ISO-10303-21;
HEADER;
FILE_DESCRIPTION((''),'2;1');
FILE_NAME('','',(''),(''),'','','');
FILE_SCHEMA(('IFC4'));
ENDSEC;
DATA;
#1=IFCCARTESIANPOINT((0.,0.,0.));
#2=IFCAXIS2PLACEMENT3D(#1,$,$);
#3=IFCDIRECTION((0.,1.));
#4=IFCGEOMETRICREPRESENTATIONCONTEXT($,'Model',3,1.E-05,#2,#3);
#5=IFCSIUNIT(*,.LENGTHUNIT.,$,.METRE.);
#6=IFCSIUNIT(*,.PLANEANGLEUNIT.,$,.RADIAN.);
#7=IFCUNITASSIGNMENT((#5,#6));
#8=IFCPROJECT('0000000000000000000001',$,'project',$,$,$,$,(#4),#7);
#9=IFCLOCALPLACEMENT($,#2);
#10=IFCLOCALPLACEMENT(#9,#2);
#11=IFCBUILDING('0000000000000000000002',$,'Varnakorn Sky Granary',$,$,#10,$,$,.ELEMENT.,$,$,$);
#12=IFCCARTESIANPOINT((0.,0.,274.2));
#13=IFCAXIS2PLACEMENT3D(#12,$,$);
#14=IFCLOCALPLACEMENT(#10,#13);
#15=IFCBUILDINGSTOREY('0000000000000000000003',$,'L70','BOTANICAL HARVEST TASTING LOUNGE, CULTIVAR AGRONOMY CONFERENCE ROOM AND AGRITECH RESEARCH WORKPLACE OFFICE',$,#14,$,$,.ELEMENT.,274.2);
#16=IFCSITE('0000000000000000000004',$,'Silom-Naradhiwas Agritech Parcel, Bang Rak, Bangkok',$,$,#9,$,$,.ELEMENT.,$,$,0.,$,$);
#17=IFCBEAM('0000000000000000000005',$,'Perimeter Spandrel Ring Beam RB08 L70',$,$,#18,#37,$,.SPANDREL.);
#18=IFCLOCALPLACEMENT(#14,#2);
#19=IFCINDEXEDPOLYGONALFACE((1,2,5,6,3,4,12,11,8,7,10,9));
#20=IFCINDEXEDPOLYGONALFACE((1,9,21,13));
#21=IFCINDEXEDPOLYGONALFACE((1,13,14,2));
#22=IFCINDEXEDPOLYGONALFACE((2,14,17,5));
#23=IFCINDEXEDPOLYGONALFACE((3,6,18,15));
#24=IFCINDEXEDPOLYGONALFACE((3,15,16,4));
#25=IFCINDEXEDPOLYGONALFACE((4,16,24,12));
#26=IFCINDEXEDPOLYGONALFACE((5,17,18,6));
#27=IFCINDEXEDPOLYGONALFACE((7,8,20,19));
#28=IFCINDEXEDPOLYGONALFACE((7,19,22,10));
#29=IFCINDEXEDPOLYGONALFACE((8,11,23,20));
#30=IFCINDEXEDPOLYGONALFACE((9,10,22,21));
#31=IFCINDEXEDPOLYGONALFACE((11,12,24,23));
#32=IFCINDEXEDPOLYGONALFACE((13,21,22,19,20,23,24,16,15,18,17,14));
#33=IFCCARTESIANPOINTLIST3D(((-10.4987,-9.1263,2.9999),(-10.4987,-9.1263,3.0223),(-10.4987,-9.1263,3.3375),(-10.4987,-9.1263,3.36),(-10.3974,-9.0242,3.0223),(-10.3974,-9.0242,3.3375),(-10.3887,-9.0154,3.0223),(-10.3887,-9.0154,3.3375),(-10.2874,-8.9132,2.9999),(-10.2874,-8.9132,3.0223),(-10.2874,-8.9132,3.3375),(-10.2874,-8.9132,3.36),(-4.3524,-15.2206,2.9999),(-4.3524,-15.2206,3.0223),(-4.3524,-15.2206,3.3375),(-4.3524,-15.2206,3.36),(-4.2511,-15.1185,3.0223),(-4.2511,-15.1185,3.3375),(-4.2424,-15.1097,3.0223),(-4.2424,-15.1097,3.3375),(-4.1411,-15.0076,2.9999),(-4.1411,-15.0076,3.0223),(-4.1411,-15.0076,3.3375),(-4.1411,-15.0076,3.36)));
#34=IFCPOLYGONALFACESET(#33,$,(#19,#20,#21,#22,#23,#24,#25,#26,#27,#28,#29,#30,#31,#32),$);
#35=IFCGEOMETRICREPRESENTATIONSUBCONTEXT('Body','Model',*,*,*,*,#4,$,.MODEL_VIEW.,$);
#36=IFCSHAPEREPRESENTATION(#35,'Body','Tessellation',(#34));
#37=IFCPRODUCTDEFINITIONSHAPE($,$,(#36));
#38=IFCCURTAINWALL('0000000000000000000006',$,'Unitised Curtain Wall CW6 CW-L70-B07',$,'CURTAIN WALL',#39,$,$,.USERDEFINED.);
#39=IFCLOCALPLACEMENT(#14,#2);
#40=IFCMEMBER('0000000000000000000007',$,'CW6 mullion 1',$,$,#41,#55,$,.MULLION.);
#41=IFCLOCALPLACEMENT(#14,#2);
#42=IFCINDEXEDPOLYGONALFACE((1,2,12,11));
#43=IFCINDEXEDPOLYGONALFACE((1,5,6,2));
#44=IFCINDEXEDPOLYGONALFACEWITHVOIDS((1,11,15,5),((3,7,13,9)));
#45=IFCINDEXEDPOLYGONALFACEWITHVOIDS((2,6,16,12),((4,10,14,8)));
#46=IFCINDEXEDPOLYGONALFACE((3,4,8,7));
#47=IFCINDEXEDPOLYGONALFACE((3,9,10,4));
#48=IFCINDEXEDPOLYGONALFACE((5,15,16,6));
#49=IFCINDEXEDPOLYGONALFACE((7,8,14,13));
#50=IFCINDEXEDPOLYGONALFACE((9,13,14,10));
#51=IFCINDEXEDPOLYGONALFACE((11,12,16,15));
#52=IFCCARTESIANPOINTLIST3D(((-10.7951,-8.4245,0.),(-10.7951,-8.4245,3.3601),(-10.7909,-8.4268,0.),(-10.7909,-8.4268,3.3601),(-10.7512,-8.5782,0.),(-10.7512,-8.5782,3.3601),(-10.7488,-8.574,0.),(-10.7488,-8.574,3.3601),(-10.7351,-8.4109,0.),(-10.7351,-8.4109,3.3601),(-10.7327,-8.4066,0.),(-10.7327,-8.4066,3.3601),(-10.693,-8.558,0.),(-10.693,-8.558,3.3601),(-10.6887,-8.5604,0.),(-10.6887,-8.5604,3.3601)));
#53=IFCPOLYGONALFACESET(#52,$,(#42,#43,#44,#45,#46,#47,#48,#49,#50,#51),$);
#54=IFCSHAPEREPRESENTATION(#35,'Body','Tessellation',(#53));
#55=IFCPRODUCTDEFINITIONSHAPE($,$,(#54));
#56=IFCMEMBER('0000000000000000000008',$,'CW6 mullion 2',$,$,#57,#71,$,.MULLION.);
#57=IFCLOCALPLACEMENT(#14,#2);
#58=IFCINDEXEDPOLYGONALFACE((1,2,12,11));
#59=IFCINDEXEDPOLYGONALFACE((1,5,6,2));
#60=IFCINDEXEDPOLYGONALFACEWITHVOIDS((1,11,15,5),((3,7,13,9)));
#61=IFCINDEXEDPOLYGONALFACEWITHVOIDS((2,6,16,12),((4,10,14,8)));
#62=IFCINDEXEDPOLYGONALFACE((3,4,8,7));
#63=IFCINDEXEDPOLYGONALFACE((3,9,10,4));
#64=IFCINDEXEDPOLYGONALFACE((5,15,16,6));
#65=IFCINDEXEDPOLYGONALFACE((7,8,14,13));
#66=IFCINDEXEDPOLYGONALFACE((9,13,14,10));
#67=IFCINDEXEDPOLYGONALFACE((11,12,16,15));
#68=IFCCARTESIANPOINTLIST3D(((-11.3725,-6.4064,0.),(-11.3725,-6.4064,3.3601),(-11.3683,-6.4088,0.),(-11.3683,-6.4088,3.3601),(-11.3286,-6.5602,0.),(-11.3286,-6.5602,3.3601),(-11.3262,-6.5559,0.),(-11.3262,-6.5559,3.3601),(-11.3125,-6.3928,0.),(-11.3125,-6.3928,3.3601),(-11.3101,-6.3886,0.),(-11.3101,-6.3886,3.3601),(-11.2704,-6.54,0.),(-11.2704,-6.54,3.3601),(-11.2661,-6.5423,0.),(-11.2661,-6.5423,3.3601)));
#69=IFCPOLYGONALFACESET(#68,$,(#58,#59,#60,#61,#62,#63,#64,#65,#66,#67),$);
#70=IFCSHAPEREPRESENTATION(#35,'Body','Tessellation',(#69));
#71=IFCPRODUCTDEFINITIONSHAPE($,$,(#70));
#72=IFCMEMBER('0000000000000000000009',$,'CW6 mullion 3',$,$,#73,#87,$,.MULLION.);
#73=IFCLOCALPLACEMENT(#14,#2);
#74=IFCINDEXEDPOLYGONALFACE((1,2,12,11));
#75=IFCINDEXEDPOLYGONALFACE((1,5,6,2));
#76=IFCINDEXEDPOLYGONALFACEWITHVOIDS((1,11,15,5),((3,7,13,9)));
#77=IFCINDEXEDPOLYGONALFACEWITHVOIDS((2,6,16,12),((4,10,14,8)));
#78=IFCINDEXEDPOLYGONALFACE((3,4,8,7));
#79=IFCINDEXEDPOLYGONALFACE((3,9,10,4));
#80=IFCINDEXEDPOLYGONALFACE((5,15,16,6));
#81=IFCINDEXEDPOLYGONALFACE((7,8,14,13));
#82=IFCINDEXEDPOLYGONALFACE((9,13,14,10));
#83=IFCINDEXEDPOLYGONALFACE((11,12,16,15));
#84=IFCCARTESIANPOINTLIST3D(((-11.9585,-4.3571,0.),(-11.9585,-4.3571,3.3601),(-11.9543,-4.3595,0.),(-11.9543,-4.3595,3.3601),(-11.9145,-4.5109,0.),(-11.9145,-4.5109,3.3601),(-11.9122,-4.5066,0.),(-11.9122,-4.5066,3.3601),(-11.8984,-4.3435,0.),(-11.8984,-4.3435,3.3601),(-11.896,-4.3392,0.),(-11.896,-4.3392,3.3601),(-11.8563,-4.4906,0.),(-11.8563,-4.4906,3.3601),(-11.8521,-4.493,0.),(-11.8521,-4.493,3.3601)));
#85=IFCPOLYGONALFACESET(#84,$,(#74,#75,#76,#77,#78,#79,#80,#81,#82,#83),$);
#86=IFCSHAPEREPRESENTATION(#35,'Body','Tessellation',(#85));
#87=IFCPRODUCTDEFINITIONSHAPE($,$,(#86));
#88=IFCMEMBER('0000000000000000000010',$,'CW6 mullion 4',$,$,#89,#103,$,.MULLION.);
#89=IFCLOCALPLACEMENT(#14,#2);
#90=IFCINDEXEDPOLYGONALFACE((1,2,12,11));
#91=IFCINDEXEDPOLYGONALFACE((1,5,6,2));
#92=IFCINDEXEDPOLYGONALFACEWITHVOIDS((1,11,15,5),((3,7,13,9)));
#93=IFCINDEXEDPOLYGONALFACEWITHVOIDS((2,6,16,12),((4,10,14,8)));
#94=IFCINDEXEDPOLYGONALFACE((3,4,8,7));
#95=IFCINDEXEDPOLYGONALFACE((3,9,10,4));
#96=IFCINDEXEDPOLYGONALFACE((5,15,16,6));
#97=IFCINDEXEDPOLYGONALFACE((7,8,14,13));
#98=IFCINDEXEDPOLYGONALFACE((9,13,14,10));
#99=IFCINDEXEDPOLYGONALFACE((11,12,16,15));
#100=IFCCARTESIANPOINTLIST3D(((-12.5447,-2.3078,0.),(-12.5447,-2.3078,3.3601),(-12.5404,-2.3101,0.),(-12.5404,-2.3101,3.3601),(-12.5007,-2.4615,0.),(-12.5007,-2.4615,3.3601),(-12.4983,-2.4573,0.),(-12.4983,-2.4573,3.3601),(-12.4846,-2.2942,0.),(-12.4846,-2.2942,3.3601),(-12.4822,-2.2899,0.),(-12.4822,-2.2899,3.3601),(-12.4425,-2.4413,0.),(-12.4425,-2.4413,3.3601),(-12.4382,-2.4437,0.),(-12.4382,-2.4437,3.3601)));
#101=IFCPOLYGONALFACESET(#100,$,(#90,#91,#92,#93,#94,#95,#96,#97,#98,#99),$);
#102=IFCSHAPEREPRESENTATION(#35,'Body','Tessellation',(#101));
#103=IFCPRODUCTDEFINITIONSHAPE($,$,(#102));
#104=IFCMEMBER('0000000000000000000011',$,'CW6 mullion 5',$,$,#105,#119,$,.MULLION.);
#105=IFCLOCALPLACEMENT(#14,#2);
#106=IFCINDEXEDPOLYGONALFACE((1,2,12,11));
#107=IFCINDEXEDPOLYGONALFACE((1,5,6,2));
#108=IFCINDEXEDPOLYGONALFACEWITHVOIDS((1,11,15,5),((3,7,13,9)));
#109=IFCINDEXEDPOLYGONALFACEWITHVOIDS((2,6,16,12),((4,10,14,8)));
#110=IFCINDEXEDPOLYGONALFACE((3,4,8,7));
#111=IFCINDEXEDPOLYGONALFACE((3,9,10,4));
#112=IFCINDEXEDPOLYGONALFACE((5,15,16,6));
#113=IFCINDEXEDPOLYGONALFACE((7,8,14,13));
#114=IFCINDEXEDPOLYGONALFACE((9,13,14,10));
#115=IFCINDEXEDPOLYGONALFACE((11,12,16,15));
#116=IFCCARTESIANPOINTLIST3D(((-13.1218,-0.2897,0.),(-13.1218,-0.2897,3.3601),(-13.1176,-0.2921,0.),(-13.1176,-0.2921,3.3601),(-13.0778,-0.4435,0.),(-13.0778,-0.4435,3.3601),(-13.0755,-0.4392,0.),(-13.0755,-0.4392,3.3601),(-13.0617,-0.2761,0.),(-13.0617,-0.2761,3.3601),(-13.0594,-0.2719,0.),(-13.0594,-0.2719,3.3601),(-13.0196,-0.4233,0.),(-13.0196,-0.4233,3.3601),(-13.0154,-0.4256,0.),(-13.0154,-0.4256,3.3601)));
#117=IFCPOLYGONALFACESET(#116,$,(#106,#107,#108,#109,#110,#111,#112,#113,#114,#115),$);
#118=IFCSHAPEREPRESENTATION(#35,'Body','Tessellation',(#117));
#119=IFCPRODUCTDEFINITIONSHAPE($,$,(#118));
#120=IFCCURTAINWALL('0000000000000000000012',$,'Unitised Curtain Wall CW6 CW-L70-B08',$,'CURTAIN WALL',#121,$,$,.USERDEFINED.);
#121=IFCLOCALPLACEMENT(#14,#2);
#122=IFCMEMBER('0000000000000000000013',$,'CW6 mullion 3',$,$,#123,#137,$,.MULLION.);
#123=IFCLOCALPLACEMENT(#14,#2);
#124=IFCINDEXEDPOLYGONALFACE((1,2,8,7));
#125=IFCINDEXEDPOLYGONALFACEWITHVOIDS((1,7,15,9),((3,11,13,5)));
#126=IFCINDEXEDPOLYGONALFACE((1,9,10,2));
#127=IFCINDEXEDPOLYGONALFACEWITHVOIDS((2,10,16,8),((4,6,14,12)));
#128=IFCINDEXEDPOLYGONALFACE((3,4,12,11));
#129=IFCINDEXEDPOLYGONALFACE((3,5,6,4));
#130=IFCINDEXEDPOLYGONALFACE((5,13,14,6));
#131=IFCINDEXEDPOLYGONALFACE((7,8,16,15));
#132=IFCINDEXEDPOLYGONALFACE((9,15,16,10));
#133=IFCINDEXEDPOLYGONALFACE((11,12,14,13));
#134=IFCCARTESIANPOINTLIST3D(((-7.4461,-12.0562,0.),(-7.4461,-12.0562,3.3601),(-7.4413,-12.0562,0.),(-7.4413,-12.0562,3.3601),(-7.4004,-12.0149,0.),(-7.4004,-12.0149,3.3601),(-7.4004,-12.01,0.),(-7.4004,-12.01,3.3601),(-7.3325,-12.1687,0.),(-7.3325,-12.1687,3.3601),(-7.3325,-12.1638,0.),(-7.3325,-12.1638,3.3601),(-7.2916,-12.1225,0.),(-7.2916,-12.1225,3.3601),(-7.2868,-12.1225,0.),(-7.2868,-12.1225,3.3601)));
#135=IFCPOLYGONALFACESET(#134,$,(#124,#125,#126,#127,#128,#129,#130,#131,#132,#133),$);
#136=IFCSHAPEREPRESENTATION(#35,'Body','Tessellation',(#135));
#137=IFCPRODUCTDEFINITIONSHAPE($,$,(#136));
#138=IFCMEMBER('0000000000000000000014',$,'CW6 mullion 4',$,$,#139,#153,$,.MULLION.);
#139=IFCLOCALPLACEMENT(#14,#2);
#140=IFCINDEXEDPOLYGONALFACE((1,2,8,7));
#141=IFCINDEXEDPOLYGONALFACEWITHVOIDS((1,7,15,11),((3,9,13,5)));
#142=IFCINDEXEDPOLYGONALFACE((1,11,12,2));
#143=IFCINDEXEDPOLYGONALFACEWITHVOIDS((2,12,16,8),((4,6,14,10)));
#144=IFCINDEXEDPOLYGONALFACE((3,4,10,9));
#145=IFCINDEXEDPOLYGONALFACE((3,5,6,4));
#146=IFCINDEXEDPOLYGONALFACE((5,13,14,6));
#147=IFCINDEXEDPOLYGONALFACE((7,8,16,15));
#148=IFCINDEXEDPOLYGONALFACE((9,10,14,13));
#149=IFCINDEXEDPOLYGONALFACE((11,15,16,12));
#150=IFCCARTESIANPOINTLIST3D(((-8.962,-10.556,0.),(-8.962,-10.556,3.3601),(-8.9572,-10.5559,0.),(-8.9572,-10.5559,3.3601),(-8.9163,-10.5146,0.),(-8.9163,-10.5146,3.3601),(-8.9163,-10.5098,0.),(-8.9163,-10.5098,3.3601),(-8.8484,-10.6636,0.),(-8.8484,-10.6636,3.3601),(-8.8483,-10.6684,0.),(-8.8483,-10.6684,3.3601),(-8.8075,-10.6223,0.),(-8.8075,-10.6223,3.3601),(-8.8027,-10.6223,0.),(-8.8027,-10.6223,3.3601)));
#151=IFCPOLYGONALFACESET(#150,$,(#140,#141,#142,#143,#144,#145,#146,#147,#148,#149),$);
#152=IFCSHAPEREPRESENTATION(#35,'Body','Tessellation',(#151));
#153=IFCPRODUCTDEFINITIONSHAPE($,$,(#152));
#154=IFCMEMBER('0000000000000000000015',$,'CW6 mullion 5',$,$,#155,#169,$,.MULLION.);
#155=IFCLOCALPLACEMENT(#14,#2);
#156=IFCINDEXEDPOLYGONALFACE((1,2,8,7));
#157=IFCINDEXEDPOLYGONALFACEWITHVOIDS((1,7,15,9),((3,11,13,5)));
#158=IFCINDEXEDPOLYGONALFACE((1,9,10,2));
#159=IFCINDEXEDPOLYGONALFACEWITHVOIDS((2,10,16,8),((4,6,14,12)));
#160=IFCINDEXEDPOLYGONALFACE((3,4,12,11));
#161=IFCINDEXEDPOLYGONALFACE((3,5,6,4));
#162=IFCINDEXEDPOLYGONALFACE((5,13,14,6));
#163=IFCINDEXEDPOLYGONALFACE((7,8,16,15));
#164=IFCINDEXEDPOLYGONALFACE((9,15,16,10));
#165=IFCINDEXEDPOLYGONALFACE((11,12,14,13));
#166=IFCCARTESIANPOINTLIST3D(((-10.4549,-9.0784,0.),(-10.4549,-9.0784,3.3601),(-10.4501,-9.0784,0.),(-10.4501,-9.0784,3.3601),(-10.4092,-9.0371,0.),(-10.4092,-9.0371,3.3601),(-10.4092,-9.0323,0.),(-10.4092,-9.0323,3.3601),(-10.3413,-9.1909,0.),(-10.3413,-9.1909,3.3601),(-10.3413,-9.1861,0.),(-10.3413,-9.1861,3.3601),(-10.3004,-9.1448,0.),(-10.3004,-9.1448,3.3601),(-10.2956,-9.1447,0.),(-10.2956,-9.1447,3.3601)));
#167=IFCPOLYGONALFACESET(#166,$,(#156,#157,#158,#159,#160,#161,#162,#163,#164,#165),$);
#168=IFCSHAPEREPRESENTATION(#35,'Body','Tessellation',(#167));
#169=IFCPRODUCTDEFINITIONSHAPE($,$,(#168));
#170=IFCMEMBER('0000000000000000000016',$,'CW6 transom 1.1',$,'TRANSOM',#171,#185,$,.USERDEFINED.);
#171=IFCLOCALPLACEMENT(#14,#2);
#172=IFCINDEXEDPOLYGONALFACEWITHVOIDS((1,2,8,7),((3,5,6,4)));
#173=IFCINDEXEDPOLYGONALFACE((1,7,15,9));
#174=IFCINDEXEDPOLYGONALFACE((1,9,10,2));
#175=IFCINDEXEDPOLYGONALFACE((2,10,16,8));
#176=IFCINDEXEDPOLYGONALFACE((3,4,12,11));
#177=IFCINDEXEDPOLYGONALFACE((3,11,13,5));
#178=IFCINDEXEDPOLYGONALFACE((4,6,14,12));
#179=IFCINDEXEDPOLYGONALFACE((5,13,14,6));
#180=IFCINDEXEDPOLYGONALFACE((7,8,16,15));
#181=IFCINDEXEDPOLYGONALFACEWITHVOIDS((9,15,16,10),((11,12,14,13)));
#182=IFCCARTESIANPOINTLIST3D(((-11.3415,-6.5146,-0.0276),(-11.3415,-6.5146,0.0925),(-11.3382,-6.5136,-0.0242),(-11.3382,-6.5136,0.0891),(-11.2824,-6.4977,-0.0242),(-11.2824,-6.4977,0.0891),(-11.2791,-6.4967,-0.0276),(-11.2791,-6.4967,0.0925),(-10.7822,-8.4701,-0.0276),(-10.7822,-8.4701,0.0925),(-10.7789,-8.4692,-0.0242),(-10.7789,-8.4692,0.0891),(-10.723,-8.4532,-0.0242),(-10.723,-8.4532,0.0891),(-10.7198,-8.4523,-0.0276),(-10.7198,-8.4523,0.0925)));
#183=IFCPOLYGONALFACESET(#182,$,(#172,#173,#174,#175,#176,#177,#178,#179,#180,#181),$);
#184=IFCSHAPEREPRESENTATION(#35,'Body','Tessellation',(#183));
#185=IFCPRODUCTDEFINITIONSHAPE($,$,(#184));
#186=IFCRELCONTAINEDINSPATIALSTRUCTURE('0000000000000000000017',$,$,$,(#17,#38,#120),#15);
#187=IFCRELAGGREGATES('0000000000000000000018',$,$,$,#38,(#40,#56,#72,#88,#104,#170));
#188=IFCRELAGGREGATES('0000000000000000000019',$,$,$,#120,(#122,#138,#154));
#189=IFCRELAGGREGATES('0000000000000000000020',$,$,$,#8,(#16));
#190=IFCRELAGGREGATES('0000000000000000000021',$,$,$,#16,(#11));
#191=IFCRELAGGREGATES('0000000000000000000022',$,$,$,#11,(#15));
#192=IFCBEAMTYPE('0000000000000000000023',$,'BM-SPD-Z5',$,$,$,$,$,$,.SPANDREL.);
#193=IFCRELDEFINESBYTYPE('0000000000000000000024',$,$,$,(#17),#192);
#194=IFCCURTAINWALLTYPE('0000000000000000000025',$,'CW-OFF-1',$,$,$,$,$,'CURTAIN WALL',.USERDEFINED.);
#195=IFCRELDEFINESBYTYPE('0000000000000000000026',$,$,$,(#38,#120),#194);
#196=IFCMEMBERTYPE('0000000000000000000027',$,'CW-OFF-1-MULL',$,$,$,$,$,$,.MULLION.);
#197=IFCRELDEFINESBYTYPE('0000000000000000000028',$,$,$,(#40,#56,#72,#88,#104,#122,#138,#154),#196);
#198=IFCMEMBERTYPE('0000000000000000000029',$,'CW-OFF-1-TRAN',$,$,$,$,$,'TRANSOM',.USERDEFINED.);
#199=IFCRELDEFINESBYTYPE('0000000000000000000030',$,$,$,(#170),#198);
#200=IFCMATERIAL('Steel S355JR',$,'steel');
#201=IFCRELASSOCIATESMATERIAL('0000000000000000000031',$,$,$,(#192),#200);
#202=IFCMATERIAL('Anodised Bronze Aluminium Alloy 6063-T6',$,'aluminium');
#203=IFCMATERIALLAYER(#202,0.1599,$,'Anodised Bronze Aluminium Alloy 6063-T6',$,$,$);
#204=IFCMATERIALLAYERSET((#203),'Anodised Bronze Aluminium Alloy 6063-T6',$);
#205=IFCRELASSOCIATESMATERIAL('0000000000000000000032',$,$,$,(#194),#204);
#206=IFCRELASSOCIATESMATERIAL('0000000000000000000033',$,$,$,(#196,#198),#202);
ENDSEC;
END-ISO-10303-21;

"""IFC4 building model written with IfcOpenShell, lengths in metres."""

from ifc_helpers import new_model, si_unit, direction, frame, origin, origin_2d, place, context, subcontext, project, spatial, hollow_rectangle, i_section, extrude, material, layer, layer_set, material_profile, profile_set, type_object, element, aggregate, save


model = new_model("IFC4")

# Units and contexts
model_context = context("Model", 3, precision=1e-05, world=origin(), true_north=direction((0.0, 1.0)))
body_context = subcontext(model_context, "Body", "Model", "MODEL_VIEW")
ifc_project = project(units=[si_unit("LENGTHUNIT", "METRE"), si_unit("PLANEANGLEUNIT", "RADIAN")], contexts=[model_context])

# Site, building, storey
site_placement = place(None, origin())
site = spatial("IfcSite", under=ifc_project, at=site_placement, Name="Silom-Naradhiwas Agritech Parcel, Bang Rak, Bangkok", CompositionType="ELEMENT", RefElevation=0.0)
building_placement = place(site_placement, origin())
building = spatial("IfcBuilding", under=site, at=building_placement, Name="Varnakorn Sky Granary", CompositionType="ELEMENT")
storey_placement = place(building_placement, frame((0.0, 0.0, 274.2)))
storey = spatial("IfcBuildingStorey", under=building, at=storey_placement, Name="L70", Description="BOTANICAL HARVEST TASTING LOUNGE, CULTIVAR AGRONOMY CONFERENCE ROOM AND AGRITECH RESEARCH WORKPLACE OFFICE", CompositionType="ELEMENT", Elevation=274.2)

# Beam
ifc_material_1 = material(Name="Steel S355JR", Category="steel")
ifc_material_profile_1 = material_profile(ifc_material_1, i_section(OverallWidth=0.3, OverallDepth=0.3601, WebThickness=0.0125, FlangeThickness=0.0225, at=origin_2d()), Name="HE 360 B")
ifc_profile_set_1 = profile_set([ifc_material_profile_1], Name="Steel S355JR")
beam_type_1 = type_object("IfcBeamType", Name="BM-SPD-Z5", PredefinedType="SPANDREL", material=ifc_profile_set_1)
beam_1_placement = place(storey_placement, frame((-10.3931, -9.0198, 3.1799), z_axis=(0.710104, -0.704096, 0.0), x_axis=(0.704096, 0.710104, 0.0)))
element("IfcBeam", 1, at=beam_1_placement, inside=storey, type_object=beam_type_1, Name="Perimeter Spandrel Ring Beam RB08 L70", PredefinedType="SPANDREL", context=body_context, shape_type="SweptSolid", body=[
    extrude(i_section(OverallWidth=0.3, OverallDepth=0.3601, WebThickness=0.0125, FlangeThickness=0.0225, at=origin_2d()), origin(), (0.0, 0.0, 1.0), 8.6555),
])

# Curtain walls, members
ifc_material_2 = material(Name="Anodised Bronze Aluminium Alloy 6063-T6", Category="aluminium")
ifc_layer_1 = layer(ifc_material_2, 0.1599, Name="Anodised Bronze Aluminium Alloy 6063-T6")
ifc_layer_set_1 = layer_set([ifc_layer_1], Name="Anodised Bronze Aluminium Alloy 6063-T6")
curtain_wall_type = type_object("IfcCurtainWallType", Name="CW-OFF-1", ElementType="CURTAIN WALL", PredefinedType="USERDEFINED", material=ifc_layer_set_1)
curtain_wall_1_placement = place(storey_placement, origin())
curtain_wall_1 = element("IfcCurtainWall", 2, at=curtain_wall_1_placement, inside=storey, type_object=curtain_wall_type, Name="Unitised Curtain Wall CW6 CW-L70-B07", ObjectType="CURTAIN WALL", PredefinedType="USERDEFINED")
ifc_material_profile_2 = material_profile(ifc_material_2, hollow_rectangle(XDim=0.0649, YDim=0.1599, WallThickness=0.0034, at=origin_2d()), Name="ALU MULL 65x160")
ifc_profile_set_2 = profile_set([ifc_material_profile_2], Name="Anodised Bronze Aluminium Alloy 6063-T6")
member_type_1 = type_object("IfcMemberType", Name="CW-OFF-1-MULL", PredefinedType="MULLION", material=ifc_profile_set_2)
member_1_placement = place(storey_placement, frame((-10.7419, -8.4924, 0.0), z_axis=(0.0, 0.0, 1.0), x_axis=(-0.961448, -0.274986, 0.0)))
member_1 = element("IfcMember", 3, at=member_1_placement, type_object=member_type_1, Name="CW6 mullion 1", PredefinedType="MULLION", context=body_context, shape_type="SweptSolid", body=[
    extrude(hollow_rectangle(XDim=0.0649, YDim=0.1599, WallThickness=0.0034, at=origin_2d()), origin(), (0.0, 0.0, 1.0), 3.3601),
])
member_2_placement = place(storey_placement, frame((-11.3193, -6.4744, 0.0), z_axis=(0.0, 0.0, 1.0), x_axis=(-0.961448, -0.274986, 0.0)))
member_2 = element("IfcMember", 4, at=member_2_placement, type_object=member_type_1, Name="CW6 mullion 2", PredefinedType="MULLION", context=body_context, shape_type="SweptSolid", body=[
    extrude(hollow_rectangle(XDim=0.0649, YDim=0.1599, WallThickness=0.0034, at=origin_2d()), origin(), (0.0, 0.0, 1.0), 3.3601),
])
member_3_placement = place(storey_placement, frame((-11.9053, -4.425, 0.0), z_axis=(0.0, 0.0, 1.0), x_axis=(-0.961448, -0.274986, 0.0)))
member_3 = element("IfcMember", 5, at=member_3_placement, type_object=member_type_1, Name="CW6 mullion 3", PredefinedType="MULLION", context=body_context, shape_type="SweptSolid", body=[
    extrude(hollow_rectangle(XDim=0.0649, YDim=0.1599, WallThickness=0.0034, at=origin_2d()), origin(), (0.0, 0.0, 1.0), 3.3601),
])
member_4_placement = place(storey_placement, frame((-12.4915, -2.3757, 0.0), z_axis=(0.0, 0.0, 1.0), x_axis=(-0.961448, -0.274986, 0.0)))
member_4 = element("IfcMember", 6, at=member_4_placement, type_object=member_type_1, Name="CW6 mullion 4", PredefinedType="MULLION", context=body_context, shape_type="SweptSolid", body=[
    extrude(hollow_rectangle(XDim=0.0649, YDim=0.1599, WallThickness=0.0034, at=origin_2d()), origin(), (0.0, 0.0, 1.0), 3.3601),
])
member_5_placement = place(storey_placement, frame((-13.0686, -0.3577, 0.0), z_axis=(0.0, 0.0, 1.0), x_axis=(-0.961448, -0.274986, 0.0)))
member_5 = element("IfcMember", 7, at=member_5_placement, type_object=member_type_1, Name="CW6 mullion 5", PredefinedType="MULLION", context=body_context, shape_type="SweptSolid", body=[
    extrude(hollow_rectangle(XDim=0.0649, YDim=0.1599, WallThickness=0.0034, at=origin_2d()), origin(), (0.0, 0.0, 1.0), 3.3601),
])
curtain_wall_2_placement = place(storey_placement, origin())
curtain_wall_2 = element("IfcCurtainWall", 8, at=curtain_wall_2_placement, inside=storey, type_object=curtain_wall_type, Name="Unitised Curtain Wall CW6 CW-L70-B08", ObjectType="CURTAIN WALL", PredefinedType="USERDEFINED")
member_6_placement = place(storey_placement, frame((-7.3665, -12.0894, 0.0), z_axis=(0.0, 0.0, 1.0), x_axis=(-0.703399, -0.710795, 0.0)))
member_6 = element("IfcMember", 9, at=member_6_placement, type_object=member_type_1, Name="CW6 mullion 3", PredefinedType="MULLION", context=body_context, shape_type="SweptSolid", body=[
    extrude(hollow_rectangle(XDim=0.0649, YDim=0.1599, WallThickness=0.0034, at=origin_2d()), origin(), (0.0, 0.0, 1.0), 3.3601),
])
member_7_placement = place(storey_placement, frame((-8.8823, -10.5891, 0.0), z_axis=(0.0, 0.0, 1.0), x_axis=(-0.703399, -0.710795, 0.0)))
member_7 = element("IfcMember", 10, at=member_7_placement, type_object=member_type_1, Name="CW6 mullion 4", PredefinedType="MULLION", context=body_context, shape_type="SweptSolid", body=[
    extrude(hollow_rectangle(XDim=0.0649, YDim=0.1599, WallThickness=0.0034, at=origin_2d()), origin(), (0.0, 0.0, 1.0), 3.3601),
])
member_8_placement = place(storey_placement, frame((-10.3752, -9.1116, 0.0), z_axis=(0.0, 0.0, 1.0), x_axis=(-0.703399, -0.710795, 0.0)))
member_8 = element("IfcMember", 11, at=member_8_placement, type_object=member_type_1, Name="CW6 mullion 5", PredefinedType="MULLION", context=body_context, shape_type="SweptSolid", body=[
    extrude(hollow_rectangle(XDim=0.0649, YDim=0.1599, WallThickness=0.0034, at=origin_2d()), origin(), (0.0, 0.0, 1.0), 3.3601),
])

# Member
ifc_material_profile_3 = material_profile(ifc_material_2, hollow_rectangle(XDim=0.0649, YDim=0.1201, WallThickness=0.0034, at=origin_2d()), Name="ALU TRAN 65x120")
ifc_profile_set_3 = profile_set([ifc_material_profile_3], Name="Anodised Bronze Aluminium Alloy 6063-T6")
member_type_2 = type_object("IfcMemberType", Name="CW-OFF-1-TRAN", ElementType="TRANSOM", PredefinedType="USERDEFINED", material=ifc_profile_set_3)
member_9_placement = place(storey_placement, frame((-10.751, -8.4612, 0.0325), z_axis=(-0.274991, 0.961447, 0.0), x_axis=(-0.961447, -0.274991, 0.0)))
member_9 = element("IfcMember", 12, at=member_9_placement, type_object=member_type_2, Name="CW6 transom 1.1", ObjectType="TRANSOM", PredefinedType="USERDEFINED", context=body_context, shape_type="SweptSolid", body=[
    extrude(hollow_rectangle(XDim=0.0649, YDim=0.1201, WallThickness=0.0034, at=origin_2d()), origin(), (0.0, 0.0, 1.0), 2.0339),
])

aggregate(curtain_wall_1, [member_1, member_2, member_3, member_4, member_5, member_9])
aggregate(curtain_wall_2, [member_6, member_7, member_8])

save(model, "model.ifc")
